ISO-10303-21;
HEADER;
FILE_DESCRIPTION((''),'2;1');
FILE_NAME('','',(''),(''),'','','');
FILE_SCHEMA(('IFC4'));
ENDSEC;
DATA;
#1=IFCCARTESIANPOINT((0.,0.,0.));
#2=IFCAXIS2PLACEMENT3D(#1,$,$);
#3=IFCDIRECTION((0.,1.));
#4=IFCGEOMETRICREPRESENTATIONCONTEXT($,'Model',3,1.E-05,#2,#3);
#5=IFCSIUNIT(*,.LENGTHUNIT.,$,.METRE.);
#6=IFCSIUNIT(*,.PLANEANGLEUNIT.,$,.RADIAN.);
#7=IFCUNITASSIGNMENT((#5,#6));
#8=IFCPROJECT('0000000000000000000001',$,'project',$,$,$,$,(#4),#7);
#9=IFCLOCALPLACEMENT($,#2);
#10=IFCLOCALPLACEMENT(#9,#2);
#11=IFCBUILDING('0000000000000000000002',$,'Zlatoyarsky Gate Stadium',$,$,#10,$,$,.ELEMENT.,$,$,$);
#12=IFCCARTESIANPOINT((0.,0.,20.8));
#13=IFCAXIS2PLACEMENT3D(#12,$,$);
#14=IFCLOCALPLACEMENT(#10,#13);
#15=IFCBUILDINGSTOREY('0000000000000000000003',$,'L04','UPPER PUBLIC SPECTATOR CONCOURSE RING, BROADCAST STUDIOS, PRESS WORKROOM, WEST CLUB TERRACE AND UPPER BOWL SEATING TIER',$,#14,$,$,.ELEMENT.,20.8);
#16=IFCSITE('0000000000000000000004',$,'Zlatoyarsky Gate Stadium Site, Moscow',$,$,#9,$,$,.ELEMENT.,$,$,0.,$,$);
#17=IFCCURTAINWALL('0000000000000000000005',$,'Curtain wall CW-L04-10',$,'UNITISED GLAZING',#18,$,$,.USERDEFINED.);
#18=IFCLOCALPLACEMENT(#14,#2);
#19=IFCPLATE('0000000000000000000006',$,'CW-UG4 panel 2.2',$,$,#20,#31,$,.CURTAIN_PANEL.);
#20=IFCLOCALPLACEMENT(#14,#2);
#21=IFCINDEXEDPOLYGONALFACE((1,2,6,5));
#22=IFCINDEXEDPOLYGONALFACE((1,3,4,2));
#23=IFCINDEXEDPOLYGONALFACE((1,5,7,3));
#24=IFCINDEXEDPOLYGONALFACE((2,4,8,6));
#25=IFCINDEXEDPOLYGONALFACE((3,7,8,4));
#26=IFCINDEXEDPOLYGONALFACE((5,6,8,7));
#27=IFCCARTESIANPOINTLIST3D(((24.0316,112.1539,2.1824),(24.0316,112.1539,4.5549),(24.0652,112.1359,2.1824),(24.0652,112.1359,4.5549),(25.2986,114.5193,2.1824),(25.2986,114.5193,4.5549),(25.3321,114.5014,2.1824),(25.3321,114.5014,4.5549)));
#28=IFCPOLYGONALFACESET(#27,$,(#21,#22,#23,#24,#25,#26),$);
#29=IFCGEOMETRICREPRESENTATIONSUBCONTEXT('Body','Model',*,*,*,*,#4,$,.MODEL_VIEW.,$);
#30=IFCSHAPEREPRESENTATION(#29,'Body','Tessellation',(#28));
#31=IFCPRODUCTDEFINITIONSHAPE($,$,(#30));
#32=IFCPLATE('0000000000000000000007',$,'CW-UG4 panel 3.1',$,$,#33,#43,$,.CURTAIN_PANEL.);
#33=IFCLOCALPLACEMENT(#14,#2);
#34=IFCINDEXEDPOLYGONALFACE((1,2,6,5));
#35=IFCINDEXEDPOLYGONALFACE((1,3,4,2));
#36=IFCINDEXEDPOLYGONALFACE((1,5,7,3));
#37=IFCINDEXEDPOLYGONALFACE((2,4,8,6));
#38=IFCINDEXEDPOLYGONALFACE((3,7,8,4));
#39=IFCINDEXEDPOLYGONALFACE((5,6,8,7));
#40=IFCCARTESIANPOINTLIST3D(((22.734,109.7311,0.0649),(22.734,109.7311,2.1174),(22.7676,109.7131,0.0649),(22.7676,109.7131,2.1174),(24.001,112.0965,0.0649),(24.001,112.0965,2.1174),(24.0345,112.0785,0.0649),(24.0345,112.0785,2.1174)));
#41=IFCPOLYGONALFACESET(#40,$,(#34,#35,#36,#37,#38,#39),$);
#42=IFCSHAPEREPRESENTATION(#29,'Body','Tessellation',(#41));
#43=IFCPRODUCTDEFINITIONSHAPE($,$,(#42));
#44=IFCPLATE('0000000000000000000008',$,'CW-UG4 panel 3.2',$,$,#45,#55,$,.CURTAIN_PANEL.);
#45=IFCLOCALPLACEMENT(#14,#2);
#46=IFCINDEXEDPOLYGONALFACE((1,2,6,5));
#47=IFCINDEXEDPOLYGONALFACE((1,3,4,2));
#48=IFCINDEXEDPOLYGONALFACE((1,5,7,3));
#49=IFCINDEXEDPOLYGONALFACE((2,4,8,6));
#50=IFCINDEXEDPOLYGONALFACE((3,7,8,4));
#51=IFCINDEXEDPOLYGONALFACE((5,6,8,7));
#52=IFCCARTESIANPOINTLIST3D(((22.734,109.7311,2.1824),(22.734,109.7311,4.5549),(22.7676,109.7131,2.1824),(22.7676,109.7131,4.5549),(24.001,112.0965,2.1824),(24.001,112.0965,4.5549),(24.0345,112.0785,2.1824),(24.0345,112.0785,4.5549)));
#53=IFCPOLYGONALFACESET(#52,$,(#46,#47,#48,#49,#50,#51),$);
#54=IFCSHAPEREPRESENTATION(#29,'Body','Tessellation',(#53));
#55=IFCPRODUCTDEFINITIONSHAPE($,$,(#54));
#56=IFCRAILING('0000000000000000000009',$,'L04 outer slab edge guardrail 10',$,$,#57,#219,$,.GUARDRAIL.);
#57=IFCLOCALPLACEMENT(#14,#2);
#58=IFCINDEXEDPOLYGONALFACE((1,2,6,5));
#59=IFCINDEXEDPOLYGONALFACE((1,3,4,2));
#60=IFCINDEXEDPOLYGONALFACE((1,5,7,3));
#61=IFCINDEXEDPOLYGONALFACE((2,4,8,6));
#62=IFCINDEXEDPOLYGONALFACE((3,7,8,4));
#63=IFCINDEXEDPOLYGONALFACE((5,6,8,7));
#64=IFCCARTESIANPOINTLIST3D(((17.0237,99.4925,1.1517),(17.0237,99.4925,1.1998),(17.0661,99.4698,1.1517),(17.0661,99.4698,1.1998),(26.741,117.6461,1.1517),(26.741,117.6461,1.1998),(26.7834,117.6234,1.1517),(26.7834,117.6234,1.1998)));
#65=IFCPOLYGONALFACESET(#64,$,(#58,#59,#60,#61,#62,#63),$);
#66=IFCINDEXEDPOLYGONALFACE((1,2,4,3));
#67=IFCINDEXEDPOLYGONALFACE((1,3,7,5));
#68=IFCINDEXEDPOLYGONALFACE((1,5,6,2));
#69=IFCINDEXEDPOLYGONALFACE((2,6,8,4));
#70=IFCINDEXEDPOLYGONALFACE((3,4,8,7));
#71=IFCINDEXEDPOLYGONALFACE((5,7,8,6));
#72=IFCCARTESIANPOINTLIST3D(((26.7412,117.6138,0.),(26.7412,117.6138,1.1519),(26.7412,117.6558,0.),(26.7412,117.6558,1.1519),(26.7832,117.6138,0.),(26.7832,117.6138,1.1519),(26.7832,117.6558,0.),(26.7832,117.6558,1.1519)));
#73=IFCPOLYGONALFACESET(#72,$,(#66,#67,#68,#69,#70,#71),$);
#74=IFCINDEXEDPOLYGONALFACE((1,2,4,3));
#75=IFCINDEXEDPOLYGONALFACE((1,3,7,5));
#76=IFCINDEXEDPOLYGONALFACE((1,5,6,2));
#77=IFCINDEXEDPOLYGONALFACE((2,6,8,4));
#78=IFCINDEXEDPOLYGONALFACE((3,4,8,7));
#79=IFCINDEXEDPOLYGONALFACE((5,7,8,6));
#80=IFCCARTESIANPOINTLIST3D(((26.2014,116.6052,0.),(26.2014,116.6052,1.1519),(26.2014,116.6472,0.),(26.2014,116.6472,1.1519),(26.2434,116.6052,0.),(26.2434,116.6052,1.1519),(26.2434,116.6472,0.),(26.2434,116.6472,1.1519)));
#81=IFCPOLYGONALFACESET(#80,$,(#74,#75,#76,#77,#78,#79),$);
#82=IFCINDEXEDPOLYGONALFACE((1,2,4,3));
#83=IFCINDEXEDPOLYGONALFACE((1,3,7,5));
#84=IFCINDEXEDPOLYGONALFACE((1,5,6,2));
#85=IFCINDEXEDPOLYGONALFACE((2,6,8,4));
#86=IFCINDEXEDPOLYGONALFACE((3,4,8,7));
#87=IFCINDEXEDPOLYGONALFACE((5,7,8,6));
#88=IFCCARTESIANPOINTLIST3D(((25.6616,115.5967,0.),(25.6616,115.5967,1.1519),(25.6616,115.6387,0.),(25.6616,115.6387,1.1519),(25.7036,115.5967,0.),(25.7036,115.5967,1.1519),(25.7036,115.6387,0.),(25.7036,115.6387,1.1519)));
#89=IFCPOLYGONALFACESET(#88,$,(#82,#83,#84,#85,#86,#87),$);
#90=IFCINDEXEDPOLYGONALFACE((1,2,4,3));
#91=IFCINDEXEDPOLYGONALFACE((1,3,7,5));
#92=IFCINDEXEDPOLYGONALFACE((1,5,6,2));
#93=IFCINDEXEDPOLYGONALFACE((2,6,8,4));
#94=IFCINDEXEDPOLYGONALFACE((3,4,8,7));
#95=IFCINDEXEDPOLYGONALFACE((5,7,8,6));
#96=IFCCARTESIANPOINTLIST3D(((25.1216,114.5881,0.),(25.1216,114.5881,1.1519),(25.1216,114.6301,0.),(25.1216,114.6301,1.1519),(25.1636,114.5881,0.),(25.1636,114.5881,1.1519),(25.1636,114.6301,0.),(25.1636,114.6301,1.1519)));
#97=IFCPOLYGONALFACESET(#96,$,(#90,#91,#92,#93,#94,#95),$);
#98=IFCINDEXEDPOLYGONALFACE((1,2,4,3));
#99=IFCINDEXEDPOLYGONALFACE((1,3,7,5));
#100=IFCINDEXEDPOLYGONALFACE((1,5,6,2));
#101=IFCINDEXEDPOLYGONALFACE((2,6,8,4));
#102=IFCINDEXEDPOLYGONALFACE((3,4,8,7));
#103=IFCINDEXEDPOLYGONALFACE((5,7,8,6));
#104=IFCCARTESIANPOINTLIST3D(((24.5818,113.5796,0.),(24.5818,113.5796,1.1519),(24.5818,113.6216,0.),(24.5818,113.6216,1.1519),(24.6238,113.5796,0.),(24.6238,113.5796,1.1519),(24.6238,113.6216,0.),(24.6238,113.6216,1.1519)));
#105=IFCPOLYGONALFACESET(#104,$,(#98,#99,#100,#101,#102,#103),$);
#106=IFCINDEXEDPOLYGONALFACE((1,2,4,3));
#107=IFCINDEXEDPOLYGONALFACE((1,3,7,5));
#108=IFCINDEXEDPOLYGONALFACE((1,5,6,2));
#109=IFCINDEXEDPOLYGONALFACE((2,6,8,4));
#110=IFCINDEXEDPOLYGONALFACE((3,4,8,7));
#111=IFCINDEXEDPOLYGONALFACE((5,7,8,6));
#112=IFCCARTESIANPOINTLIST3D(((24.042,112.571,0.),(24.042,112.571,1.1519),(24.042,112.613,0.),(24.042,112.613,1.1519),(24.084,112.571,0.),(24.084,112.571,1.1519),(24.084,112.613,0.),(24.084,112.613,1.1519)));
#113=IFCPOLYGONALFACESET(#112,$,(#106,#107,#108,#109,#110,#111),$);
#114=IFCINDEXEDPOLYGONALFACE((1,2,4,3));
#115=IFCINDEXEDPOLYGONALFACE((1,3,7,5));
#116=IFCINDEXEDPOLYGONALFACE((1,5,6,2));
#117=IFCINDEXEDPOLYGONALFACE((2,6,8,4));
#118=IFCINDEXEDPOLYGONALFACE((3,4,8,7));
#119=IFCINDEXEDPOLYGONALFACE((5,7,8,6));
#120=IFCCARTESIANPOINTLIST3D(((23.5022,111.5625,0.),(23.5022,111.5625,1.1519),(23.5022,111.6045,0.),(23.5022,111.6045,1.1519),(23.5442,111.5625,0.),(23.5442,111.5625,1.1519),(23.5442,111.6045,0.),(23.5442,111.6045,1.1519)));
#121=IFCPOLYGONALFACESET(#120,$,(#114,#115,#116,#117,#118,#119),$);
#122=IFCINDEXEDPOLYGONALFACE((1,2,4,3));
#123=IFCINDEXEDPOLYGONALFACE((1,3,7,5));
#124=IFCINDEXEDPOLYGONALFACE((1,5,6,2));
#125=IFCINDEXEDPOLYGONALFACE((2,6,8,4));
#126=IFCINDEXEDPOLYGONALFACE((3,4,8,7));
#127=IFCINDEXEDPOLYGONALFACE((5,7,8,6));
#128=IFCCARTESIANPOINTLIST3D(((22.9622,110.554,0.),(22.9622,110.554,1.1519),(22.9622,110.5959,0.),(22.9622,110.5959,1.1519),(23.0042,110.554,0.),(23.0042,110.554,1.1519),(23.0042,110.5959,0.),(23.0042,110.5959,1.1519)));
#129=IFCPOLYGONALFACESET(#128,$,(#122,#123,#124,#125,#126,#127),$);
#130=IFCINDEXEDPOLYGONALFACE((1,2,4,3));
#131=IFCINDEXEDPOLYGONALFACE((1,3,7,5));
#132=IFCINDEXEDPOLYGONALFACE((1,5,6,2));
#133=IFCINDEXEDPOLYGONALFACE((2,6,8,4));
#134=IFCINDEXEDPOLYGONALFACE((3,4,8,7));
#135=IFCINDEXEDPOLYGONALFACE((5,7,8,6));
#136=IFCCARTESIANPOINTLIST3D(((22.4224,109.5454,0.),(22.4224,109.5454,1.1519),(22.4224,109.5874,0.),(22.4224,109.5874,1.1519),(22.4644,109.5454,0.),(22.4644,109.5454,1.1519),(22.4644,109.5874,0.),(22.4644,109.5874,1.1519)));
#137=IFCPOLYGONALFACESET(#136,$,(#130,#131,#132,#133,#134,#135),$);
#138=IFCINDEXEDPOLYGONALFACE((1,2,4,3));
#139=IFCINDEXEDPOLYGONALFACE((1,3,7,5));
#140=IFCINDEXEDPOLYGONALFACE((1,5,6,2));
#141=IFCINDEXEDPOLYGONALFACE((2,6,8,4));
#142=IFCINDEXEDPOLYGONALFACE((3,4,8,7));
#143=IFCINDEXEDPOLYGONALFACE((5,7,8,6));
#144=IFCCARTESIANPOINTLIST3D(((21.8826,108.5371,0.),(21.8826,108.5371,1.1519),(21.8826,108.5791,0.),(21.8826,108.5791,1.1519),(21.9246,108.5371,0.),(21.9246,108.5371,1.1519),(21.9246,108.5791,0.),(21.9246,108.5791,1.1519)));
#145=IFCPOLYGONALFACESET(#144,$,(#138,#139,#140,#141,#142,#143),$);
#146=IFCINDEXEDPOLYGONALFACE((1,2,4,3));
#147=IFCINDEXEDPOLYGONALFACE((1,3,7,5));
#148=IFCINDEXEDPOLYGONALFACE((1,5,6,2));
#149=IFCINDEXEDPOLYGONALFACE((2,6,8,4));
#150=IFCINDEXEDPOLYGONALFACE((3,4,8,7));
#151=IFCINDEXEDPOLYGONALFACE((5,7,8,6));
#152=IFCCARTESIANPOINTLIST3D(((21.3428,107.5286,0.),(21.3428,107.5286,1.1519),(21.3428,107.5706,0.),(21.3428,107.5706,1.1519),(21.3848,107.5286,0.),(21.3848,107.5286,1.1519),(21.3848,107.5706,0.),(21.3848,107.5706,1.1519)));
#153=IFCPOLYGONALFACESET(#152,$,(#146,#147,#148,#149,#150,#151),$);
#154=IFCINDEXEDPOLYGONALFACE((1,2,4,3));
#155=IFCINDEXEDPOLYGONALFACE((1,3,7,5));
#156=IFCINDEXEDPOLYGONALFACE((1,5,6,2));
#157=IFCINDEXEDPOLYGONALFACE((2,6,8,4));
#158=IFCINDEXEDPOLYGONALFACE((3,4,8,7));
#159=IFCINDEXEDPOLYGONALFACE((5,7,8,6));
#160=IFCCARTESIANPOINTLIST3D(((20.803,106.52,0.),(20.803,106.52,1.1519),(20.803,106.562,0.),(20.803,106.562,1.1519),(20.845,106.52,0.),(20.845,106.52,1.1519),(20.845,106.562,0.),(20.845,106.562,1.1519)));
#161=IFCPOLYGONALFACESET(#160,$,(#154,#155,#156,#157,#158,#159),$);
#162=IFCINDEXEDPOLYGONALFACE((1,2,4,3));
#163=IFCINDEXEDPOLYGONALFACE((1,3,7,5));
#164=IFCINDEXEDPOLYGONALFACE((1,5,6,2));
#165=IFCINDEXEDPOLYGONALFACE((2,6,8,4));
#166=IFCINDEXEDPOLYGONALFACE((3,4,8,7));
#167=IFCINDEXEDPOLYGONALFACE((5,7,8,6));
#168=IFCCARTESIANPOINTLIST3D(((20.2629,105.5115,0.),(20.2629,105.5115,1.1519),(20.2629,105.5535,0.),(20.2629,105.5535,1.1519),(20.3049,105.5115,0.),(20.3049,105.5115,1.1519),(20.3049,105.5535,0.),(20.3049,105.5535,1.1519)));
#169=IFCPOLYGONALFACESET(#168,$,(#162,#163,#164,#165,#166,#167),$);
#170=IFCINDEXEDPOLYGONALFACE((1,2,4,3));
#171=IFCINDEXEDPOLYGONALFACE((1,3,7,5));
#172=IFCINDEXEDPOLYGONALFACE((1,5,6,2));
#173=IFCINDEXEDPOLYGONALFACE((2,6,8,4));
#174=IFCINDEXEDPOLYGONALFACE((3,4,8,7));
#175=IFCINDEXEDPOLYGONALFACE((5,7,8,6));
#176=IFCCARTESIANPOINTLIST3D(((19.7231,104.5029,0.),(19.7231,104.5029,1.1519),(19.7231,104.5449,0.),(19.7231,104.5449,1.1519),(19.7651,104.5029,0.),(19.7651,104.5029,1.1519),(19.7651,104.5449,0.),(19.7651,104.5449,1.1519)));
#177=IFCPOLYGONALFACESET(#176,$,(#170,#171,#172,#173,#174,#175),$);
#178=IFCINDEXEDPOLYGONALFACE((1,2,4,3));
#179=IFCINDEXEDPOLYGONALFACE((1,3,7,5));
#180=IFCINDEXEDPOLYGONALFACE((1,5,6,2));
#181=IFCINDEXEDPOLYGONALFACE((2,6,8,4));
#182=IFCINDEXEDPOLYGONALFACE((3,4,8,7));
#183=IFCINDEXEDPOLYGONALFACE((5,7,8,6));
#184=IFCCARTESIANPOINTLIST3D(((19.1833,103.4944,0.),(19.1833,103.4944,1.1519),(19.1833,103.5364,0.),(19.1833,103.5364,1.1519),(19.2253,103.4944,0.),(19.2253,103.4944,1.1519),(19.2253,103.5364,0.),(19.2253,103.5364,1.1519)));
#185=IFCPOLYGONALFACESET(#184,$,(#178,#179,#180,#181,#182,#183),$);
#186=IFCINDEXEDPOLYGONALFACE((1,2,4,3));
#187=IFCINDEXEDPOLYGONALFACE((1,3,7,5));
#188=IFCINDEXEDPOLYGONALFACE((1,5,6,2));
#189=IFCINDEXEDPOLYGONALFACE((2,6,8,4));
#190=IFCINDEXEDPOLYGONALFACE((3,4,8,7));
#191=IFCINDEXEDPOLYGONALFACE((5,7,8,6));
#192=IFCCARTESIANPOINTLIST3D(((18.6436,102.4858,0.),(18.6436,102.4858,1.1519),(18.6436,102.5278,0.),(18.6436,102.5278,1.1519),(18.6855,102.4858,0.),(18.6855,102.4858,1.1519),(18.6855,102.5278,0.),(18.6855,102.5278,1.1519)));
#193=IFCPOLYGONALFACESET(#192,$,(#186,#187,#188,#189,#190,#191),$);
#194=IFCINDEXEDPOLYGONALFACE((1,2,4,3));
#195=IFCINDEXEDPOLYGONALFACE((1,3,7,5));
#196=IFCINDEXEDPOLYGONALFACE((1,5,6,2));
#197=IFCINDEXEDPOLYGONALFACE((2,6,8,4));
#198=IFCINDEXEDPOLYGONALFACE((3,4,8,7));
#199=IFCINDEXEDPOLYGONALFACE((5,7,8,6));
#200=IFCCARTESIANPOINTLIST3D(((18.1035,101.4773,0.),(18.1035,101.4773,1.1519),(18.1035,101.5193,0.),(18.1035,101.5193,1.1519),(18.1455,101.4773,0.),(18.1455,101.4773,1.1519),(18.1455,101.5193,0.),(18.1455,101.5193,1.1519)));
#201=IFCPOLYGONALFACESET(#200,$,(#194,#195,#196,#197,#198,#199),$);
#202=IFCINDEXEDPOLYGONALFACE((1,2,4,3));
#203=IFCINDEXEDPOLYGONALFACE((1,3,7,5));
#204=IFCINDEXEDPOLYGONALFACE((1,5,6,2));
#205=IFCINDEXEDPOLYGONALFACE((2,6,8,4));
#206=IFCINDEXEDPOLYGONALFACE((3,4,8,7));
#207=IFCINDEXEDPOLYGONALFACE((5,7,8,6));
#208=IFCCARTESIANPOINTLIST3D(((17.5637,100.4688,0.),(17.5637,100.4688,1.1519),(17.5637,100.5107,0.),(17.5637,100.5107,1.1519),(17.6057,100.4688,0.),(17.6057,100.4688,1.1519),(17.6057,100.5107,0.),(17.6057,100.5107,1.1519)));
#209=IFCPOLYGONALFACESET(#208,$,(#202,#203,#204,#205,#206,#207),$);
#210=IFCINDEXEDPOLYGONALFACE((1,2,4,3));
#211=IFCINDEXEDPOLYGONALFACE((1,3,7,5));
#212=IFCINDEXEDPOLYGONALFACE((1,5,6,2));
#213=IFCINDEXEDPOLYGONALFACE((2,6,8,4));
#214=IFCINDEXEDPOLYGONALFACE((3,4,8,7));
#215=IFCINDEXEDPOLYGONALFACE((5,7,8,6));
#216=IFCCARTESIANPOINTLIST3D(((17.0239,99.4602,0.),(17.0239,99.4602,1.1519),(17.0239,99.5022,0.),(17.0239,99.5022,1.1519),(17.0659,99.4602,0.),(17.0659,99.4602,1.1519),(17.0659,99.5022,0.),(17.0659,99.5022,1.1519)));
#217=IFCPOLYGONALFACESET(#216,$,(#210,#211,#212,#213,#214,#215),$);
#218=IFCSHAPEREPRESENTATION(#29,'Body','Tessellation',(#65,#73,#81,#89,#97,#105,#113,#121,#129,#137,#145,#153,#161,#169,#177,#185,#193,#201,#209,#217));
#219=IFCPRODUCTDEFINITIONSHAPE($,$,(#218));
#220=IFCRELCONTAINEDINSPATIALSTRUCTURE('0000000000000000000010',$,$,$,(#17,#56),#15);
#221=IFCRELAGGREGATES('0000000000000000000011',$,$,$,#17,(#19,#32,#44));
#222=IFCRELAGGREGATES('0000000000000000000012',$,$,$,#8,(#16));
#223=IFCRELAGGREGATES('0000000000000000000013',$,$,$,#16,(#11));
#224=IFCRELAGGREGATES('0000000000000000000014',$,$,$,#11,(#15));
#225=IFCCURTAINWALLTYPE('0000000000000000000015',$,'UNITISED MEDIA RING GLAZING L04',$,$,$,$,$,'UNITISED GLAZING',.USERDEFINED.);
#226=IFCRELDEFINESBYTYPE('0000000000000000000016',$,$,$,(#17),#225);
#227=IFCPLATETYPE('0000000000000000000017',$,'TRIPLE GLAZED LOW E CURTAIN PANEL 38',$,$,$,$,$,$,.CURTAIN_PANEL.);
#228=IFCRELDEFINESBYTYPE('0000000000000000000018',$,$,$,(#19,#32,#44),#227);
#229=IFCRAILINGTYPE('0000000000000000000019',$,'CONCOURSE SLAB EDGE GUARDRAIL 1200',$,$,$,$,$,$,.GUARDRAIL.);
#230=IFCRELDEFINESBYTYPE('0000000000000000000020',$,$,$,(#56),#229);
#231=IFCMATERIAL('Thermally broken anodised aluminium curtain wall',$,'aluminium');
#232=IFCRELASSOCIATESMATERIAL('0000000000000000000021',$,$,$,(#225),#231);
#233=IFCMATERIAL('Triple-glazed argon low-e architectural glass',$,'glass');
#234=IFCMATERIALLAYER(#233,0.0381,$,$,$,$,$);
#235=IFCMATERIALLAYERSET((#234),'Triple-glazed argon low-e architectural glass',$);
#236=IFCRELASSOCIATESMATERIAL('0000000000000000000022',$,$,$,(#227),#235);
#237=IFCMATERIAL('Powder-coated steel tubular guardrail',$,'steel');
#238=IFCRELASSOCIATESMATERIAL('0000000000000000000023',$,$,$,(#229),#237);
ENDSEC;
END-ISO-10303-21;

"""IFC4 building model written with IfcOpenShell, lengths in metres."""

from ifc_helpers import new_model, si_unit, direction, frame, origin, origin_2d, place, context, subcontext, project, spatial, rectangle, extrude, material, layer, layer_set, type_object, element, aggregate, save


model = new_model("IFC4")

# Units and contexts
model_context = context("Model", 3, precision=1e-05, world=origin(), true_north=direction((0.0, 1.0)))
body_context = subcontext(model_context, "Body", "Model", "MODEL_VIEW")
ifc_project = project(units=[si_unit("LENGTHUNIT", "METRE"), si_unit("PLANEANGLEUNIT", "RADIAN")], contexts=[model_context])

# Site, building, storey
site_placement = place(None, origin())
site = spatial("IfcSite", under=ifc_project, at=site_placement, Name="Zlatoyarsky Gate Stadium Site, Moscow", CompositionType="ELEMENT", RefElevation=0.0)
building_placement = place(site_placement, origin())
building = spatial("IfcBuilding", under=site, at=building_placement, Name="Zlatoyarsky Gate Stadium", CompositionType="ELEMENT")
storey_placement = place(building_placement, frame((0.0, 0.0, 20.8)))
storey = spatial("IfcBuildingStorey", under=building, at=storey_placement, Name="L04", Description="UPPER PUBLIC SPECTATOR CONCOURSE RING, BROADCAST STUDIOS, PRESS WORKROOM, WEST CLUB TERRACE AND UPPER BOWL SEATING TIER", CompositionType="ELEMENT", Elevation=20.8)

# Curtain wall
ifc_material_1 = material(Name="Thermally broken anodised aluminium curtain wall", Category="aluminium")
curtain_wall_type = type_object("IfcCurtainWallType", Name="UNITISED MEDIA RING GLAZING L04", ElementType="UNITISED GLAZING", PredefinedType="USERDEFINED", material=ifc_material_1)
curtain_wall_1_placement = place(storey_placement, origin())
curtain_wall_1 = element("IfcCurtainWall", 1, at=curtain_wall_1_placement, inside=storey, type_object=curtain_wall_type, Name="Curtain wall CW-L04-10", ObjectType="UNITISED GLAZING", PredefinedType="USERDEFINED")

# Plates
ifc_material_2 = material(Name="Triple-glazed argon low-e architectural glass", Category="glass")
ifc_layer_1 = layer(ifc_material_2, 0.0381)
ifc_layer_set_1 = layer_set([ifc_layer_1], Name="Triple-glazed argon low-e architectural glass")
plate_type_1 = type_object("IfcPlateType", Name="TRIPLE GLAZED LOW E CURTAIN PANEL 38", PredefinedType="CURTAIN_PANEL", material=ifc_layer_set_1)
plate_1_placement = place(storey_placement, frame((24.6819, 113.3276, 2.1824), z_axis=(0.0, 0.0, 1.0), x_axis=(-0.472145, -0.881521, 0.0)))
plate_1 = element("IfcPlate", 2, at=plate_1_placement, type_object=plate_type_1, Name="CW-UG4 panel 2.2", PredefinedType="CURTAIN_PANEL", context=body_context, shape_type="SweptSolid", body=[
    extrude(rectangle(XDim=2.6833, YDim=0.0381, at=origin_2d()), origin(), (0.0, 0.0, 1.0), 2.3726),
])
plate_2_placement = place(storey_placement, frame((23.3843, 110.9048, 0.0649), z_axis=(0.0, 0.0, 1.0), x_axis=(-0.472145, -0.881521, 0.0)))
plate_2 = element("IfcPlate", 3, at=plate_2_placement, type_object=plate_type_1, Name="CW-UG4 panel 3.1", PredefinedType="CURTAIN_PANEL", context=body_context, shape_type="SweptSolid", body=[
    extrude(rectangle(XDim=2.6833, YDim=0.0381, at=origin_2d()), origin(), (0.0, 0.0, 1.0), 2.0525),
])
plate_3_placement = place(storey_placement, frame((23.3843, 110.9048, 2.1824), z_axis=(0.0, 0.0, 1.0), x_axis=(-0.472145, -0.881521, 0.0)))
plate_3 = element("IfcPlate", 4, at=plate_3_placement, type_object=plate_type_1, Name="CW-UG4 panel 3.2", PredefinedType="CURTAIN_PANEL", context=body_context, shape_type="SweptSolid", body=[
    extrude(rectangle(XDim=2.6833, YDim=0.0381, at=origin_2d()), origin(), (0.0, 0.0, 1.0), 2.3726),
])
aggregate(curtain_wall_1, [plate_1, plate_2, plate_3])

# Railing
ifc_material_3 = material(Name="Powder-coated steel tubular guardrail", Category="steel")
railing_type_1 = type_object("IfcRailingType", Name="CONCOURSE SLAB EDGE GUARDRAIL 1200", PredefinedType="GUARDRAIL", material=ifc_material_3)
railing_1_placement = place(storey_placement, frame((26.7622, 117.6348, 0.0)))
element("IfcRailing", 5, at=railing_1_placement, inside=storey, type_object=railing_type_1, Name="L04 outer slab edge guardrail 10", PredefinedType="GUARDRAIL", context=body_context, shape_type="SweptSolid", body=[
    extrude(rectangle(XDim=0.0481, YDim=0.0481, at=origin_2d()), frame((0.0, 0.0, 1.1758), z_axis=(-0.471926, -0.881638, 0.0), x_axis=(0.881638, -0.471926, 0.0)), (0.0, 0.0, 1.0), 20.5908),
    extrude(rectangle(XDim=0.042, YDim=0.042, at=origin_2d()), origin(), (0.0, 0.0, 1.0), 1.1519),
    extrude(rectangle(XDim=0.042, YDim=0.042, at=origin_2d()), frame((-0.5398, -1.0085, 0.0)), (0.0, 0.0, 1.0), 1.1519),
    extrude(rectangle(XDim=0.042, YDim=0.042, at=origin_2d()), frame((-1.0796, -2.0171, 0.0)), (0.0, 0.0, 1.0), 1.1519),
    extrude(rectangle(XDim=0.042, YDim=0.042, at=origin_2d()), frame((-1.6196, -3.0256, 0.0)), (0.0, 0.0, 1.0), 1.1519),
    extrude(rectangle(XDim=0.042, YDim=0.042, at=origin_2d()), frame((-2.1594, -4.0342, 0.0)), (0.0, 0.0, 1.0), 1.1519),
    extrude(rectangle(XDim=0.042, YDim=0.042, at=origin_2d()), frame((-2.6992, -5.0427, 0.0)), (0.0, 0.0, 1.0), 1.1519),
    extrude(rectangle(XDim=0.042, YDim=0.042, at=origin_2d()), frame((-3.239, -6.0513, 0.0)), (0.0, 0.0, 1.0), 1.1519),
    extrude(rectangle(XDim=0.042, YDim=0.042, at=origin_2d()), frame((-3.7791, -7.0598, 0.0)), (0.0, 0.0, 1.0), 1.1519),
    extrude(rectangle(XDim=0.042, YDim=0.042, at=origin_2d()), frame((-4.3188, -8.0684, 0.0)), (0.0, 0.0, 1.0), 1.1519),
    extrude(rectangle(XDim=0.042, YDim=0.042, at=origin_2d()), frame((-4.8586, -9.0767, 0.0)), (0.0, 0.0, 1.0), 1.1519),
    extrude(rectangle(XDim=0.042, YDim=0.042, at=origin_2d()), frame((-5.3984, -10.0852, 0.0)), (0.0, 0.0, 1.0), 1.1519),
    extrude(rectangle(XDim=0.042, YDim=0.042, at=origin_2d()), frame((-5.9382, -11.0938, 0.0)), (0.0, 0.0, 1.0), 1.1519),
    extrude(rectangle(XDim=0.042, YDim=0.042, at=origin_2d()), frame((-6.4783, -12.1023, 0.0)), (0.0, 0.0, 1.0), 1.1519),
    extrude(rectangle(XDim=0.042, YDim=0.042, at=origin_2d()), frame((-7.0181, -13.1108, 0.0)), (0.0, 0.0, 1.0), 1.1519),
    extrude(rectangle(XDim=0.042, YDim=0.042, at=origin_2d()), frame((-7.5579, -14.1194, 0.0)), (0.0, 0.0, 1.0), 1.1519),
    extrude(rectangle(XDim=0.042, YDim=0.042, at=origin_2d()), frame((-8.0977, -15.1279, 0.0)), (0.0, 0.0, 1.0), 1.1519),
    extrude(rectangle(XDim=0.042, YDim=0.042, at=origin_2d()), frame((-8.6377, -16.1365, 0.0)), (0.0, 0.0, 1.0), 1.1519),
    extrude(rectangle(XDim=0.042, YDim=0.042, at=origin_2d()), frame((-9.1775, -17.145, 0.0)), (0.0, 0.0, 1.0), 1.1519),
    extrude(rectangle(XDim=0.042, YDim=0.042, at=origin_2d()), frame((-9.7173, -18.1536, 0.0)), (0.0, 0.0, 1.0), 1.1519),
])

save(model, "model.ifc")
